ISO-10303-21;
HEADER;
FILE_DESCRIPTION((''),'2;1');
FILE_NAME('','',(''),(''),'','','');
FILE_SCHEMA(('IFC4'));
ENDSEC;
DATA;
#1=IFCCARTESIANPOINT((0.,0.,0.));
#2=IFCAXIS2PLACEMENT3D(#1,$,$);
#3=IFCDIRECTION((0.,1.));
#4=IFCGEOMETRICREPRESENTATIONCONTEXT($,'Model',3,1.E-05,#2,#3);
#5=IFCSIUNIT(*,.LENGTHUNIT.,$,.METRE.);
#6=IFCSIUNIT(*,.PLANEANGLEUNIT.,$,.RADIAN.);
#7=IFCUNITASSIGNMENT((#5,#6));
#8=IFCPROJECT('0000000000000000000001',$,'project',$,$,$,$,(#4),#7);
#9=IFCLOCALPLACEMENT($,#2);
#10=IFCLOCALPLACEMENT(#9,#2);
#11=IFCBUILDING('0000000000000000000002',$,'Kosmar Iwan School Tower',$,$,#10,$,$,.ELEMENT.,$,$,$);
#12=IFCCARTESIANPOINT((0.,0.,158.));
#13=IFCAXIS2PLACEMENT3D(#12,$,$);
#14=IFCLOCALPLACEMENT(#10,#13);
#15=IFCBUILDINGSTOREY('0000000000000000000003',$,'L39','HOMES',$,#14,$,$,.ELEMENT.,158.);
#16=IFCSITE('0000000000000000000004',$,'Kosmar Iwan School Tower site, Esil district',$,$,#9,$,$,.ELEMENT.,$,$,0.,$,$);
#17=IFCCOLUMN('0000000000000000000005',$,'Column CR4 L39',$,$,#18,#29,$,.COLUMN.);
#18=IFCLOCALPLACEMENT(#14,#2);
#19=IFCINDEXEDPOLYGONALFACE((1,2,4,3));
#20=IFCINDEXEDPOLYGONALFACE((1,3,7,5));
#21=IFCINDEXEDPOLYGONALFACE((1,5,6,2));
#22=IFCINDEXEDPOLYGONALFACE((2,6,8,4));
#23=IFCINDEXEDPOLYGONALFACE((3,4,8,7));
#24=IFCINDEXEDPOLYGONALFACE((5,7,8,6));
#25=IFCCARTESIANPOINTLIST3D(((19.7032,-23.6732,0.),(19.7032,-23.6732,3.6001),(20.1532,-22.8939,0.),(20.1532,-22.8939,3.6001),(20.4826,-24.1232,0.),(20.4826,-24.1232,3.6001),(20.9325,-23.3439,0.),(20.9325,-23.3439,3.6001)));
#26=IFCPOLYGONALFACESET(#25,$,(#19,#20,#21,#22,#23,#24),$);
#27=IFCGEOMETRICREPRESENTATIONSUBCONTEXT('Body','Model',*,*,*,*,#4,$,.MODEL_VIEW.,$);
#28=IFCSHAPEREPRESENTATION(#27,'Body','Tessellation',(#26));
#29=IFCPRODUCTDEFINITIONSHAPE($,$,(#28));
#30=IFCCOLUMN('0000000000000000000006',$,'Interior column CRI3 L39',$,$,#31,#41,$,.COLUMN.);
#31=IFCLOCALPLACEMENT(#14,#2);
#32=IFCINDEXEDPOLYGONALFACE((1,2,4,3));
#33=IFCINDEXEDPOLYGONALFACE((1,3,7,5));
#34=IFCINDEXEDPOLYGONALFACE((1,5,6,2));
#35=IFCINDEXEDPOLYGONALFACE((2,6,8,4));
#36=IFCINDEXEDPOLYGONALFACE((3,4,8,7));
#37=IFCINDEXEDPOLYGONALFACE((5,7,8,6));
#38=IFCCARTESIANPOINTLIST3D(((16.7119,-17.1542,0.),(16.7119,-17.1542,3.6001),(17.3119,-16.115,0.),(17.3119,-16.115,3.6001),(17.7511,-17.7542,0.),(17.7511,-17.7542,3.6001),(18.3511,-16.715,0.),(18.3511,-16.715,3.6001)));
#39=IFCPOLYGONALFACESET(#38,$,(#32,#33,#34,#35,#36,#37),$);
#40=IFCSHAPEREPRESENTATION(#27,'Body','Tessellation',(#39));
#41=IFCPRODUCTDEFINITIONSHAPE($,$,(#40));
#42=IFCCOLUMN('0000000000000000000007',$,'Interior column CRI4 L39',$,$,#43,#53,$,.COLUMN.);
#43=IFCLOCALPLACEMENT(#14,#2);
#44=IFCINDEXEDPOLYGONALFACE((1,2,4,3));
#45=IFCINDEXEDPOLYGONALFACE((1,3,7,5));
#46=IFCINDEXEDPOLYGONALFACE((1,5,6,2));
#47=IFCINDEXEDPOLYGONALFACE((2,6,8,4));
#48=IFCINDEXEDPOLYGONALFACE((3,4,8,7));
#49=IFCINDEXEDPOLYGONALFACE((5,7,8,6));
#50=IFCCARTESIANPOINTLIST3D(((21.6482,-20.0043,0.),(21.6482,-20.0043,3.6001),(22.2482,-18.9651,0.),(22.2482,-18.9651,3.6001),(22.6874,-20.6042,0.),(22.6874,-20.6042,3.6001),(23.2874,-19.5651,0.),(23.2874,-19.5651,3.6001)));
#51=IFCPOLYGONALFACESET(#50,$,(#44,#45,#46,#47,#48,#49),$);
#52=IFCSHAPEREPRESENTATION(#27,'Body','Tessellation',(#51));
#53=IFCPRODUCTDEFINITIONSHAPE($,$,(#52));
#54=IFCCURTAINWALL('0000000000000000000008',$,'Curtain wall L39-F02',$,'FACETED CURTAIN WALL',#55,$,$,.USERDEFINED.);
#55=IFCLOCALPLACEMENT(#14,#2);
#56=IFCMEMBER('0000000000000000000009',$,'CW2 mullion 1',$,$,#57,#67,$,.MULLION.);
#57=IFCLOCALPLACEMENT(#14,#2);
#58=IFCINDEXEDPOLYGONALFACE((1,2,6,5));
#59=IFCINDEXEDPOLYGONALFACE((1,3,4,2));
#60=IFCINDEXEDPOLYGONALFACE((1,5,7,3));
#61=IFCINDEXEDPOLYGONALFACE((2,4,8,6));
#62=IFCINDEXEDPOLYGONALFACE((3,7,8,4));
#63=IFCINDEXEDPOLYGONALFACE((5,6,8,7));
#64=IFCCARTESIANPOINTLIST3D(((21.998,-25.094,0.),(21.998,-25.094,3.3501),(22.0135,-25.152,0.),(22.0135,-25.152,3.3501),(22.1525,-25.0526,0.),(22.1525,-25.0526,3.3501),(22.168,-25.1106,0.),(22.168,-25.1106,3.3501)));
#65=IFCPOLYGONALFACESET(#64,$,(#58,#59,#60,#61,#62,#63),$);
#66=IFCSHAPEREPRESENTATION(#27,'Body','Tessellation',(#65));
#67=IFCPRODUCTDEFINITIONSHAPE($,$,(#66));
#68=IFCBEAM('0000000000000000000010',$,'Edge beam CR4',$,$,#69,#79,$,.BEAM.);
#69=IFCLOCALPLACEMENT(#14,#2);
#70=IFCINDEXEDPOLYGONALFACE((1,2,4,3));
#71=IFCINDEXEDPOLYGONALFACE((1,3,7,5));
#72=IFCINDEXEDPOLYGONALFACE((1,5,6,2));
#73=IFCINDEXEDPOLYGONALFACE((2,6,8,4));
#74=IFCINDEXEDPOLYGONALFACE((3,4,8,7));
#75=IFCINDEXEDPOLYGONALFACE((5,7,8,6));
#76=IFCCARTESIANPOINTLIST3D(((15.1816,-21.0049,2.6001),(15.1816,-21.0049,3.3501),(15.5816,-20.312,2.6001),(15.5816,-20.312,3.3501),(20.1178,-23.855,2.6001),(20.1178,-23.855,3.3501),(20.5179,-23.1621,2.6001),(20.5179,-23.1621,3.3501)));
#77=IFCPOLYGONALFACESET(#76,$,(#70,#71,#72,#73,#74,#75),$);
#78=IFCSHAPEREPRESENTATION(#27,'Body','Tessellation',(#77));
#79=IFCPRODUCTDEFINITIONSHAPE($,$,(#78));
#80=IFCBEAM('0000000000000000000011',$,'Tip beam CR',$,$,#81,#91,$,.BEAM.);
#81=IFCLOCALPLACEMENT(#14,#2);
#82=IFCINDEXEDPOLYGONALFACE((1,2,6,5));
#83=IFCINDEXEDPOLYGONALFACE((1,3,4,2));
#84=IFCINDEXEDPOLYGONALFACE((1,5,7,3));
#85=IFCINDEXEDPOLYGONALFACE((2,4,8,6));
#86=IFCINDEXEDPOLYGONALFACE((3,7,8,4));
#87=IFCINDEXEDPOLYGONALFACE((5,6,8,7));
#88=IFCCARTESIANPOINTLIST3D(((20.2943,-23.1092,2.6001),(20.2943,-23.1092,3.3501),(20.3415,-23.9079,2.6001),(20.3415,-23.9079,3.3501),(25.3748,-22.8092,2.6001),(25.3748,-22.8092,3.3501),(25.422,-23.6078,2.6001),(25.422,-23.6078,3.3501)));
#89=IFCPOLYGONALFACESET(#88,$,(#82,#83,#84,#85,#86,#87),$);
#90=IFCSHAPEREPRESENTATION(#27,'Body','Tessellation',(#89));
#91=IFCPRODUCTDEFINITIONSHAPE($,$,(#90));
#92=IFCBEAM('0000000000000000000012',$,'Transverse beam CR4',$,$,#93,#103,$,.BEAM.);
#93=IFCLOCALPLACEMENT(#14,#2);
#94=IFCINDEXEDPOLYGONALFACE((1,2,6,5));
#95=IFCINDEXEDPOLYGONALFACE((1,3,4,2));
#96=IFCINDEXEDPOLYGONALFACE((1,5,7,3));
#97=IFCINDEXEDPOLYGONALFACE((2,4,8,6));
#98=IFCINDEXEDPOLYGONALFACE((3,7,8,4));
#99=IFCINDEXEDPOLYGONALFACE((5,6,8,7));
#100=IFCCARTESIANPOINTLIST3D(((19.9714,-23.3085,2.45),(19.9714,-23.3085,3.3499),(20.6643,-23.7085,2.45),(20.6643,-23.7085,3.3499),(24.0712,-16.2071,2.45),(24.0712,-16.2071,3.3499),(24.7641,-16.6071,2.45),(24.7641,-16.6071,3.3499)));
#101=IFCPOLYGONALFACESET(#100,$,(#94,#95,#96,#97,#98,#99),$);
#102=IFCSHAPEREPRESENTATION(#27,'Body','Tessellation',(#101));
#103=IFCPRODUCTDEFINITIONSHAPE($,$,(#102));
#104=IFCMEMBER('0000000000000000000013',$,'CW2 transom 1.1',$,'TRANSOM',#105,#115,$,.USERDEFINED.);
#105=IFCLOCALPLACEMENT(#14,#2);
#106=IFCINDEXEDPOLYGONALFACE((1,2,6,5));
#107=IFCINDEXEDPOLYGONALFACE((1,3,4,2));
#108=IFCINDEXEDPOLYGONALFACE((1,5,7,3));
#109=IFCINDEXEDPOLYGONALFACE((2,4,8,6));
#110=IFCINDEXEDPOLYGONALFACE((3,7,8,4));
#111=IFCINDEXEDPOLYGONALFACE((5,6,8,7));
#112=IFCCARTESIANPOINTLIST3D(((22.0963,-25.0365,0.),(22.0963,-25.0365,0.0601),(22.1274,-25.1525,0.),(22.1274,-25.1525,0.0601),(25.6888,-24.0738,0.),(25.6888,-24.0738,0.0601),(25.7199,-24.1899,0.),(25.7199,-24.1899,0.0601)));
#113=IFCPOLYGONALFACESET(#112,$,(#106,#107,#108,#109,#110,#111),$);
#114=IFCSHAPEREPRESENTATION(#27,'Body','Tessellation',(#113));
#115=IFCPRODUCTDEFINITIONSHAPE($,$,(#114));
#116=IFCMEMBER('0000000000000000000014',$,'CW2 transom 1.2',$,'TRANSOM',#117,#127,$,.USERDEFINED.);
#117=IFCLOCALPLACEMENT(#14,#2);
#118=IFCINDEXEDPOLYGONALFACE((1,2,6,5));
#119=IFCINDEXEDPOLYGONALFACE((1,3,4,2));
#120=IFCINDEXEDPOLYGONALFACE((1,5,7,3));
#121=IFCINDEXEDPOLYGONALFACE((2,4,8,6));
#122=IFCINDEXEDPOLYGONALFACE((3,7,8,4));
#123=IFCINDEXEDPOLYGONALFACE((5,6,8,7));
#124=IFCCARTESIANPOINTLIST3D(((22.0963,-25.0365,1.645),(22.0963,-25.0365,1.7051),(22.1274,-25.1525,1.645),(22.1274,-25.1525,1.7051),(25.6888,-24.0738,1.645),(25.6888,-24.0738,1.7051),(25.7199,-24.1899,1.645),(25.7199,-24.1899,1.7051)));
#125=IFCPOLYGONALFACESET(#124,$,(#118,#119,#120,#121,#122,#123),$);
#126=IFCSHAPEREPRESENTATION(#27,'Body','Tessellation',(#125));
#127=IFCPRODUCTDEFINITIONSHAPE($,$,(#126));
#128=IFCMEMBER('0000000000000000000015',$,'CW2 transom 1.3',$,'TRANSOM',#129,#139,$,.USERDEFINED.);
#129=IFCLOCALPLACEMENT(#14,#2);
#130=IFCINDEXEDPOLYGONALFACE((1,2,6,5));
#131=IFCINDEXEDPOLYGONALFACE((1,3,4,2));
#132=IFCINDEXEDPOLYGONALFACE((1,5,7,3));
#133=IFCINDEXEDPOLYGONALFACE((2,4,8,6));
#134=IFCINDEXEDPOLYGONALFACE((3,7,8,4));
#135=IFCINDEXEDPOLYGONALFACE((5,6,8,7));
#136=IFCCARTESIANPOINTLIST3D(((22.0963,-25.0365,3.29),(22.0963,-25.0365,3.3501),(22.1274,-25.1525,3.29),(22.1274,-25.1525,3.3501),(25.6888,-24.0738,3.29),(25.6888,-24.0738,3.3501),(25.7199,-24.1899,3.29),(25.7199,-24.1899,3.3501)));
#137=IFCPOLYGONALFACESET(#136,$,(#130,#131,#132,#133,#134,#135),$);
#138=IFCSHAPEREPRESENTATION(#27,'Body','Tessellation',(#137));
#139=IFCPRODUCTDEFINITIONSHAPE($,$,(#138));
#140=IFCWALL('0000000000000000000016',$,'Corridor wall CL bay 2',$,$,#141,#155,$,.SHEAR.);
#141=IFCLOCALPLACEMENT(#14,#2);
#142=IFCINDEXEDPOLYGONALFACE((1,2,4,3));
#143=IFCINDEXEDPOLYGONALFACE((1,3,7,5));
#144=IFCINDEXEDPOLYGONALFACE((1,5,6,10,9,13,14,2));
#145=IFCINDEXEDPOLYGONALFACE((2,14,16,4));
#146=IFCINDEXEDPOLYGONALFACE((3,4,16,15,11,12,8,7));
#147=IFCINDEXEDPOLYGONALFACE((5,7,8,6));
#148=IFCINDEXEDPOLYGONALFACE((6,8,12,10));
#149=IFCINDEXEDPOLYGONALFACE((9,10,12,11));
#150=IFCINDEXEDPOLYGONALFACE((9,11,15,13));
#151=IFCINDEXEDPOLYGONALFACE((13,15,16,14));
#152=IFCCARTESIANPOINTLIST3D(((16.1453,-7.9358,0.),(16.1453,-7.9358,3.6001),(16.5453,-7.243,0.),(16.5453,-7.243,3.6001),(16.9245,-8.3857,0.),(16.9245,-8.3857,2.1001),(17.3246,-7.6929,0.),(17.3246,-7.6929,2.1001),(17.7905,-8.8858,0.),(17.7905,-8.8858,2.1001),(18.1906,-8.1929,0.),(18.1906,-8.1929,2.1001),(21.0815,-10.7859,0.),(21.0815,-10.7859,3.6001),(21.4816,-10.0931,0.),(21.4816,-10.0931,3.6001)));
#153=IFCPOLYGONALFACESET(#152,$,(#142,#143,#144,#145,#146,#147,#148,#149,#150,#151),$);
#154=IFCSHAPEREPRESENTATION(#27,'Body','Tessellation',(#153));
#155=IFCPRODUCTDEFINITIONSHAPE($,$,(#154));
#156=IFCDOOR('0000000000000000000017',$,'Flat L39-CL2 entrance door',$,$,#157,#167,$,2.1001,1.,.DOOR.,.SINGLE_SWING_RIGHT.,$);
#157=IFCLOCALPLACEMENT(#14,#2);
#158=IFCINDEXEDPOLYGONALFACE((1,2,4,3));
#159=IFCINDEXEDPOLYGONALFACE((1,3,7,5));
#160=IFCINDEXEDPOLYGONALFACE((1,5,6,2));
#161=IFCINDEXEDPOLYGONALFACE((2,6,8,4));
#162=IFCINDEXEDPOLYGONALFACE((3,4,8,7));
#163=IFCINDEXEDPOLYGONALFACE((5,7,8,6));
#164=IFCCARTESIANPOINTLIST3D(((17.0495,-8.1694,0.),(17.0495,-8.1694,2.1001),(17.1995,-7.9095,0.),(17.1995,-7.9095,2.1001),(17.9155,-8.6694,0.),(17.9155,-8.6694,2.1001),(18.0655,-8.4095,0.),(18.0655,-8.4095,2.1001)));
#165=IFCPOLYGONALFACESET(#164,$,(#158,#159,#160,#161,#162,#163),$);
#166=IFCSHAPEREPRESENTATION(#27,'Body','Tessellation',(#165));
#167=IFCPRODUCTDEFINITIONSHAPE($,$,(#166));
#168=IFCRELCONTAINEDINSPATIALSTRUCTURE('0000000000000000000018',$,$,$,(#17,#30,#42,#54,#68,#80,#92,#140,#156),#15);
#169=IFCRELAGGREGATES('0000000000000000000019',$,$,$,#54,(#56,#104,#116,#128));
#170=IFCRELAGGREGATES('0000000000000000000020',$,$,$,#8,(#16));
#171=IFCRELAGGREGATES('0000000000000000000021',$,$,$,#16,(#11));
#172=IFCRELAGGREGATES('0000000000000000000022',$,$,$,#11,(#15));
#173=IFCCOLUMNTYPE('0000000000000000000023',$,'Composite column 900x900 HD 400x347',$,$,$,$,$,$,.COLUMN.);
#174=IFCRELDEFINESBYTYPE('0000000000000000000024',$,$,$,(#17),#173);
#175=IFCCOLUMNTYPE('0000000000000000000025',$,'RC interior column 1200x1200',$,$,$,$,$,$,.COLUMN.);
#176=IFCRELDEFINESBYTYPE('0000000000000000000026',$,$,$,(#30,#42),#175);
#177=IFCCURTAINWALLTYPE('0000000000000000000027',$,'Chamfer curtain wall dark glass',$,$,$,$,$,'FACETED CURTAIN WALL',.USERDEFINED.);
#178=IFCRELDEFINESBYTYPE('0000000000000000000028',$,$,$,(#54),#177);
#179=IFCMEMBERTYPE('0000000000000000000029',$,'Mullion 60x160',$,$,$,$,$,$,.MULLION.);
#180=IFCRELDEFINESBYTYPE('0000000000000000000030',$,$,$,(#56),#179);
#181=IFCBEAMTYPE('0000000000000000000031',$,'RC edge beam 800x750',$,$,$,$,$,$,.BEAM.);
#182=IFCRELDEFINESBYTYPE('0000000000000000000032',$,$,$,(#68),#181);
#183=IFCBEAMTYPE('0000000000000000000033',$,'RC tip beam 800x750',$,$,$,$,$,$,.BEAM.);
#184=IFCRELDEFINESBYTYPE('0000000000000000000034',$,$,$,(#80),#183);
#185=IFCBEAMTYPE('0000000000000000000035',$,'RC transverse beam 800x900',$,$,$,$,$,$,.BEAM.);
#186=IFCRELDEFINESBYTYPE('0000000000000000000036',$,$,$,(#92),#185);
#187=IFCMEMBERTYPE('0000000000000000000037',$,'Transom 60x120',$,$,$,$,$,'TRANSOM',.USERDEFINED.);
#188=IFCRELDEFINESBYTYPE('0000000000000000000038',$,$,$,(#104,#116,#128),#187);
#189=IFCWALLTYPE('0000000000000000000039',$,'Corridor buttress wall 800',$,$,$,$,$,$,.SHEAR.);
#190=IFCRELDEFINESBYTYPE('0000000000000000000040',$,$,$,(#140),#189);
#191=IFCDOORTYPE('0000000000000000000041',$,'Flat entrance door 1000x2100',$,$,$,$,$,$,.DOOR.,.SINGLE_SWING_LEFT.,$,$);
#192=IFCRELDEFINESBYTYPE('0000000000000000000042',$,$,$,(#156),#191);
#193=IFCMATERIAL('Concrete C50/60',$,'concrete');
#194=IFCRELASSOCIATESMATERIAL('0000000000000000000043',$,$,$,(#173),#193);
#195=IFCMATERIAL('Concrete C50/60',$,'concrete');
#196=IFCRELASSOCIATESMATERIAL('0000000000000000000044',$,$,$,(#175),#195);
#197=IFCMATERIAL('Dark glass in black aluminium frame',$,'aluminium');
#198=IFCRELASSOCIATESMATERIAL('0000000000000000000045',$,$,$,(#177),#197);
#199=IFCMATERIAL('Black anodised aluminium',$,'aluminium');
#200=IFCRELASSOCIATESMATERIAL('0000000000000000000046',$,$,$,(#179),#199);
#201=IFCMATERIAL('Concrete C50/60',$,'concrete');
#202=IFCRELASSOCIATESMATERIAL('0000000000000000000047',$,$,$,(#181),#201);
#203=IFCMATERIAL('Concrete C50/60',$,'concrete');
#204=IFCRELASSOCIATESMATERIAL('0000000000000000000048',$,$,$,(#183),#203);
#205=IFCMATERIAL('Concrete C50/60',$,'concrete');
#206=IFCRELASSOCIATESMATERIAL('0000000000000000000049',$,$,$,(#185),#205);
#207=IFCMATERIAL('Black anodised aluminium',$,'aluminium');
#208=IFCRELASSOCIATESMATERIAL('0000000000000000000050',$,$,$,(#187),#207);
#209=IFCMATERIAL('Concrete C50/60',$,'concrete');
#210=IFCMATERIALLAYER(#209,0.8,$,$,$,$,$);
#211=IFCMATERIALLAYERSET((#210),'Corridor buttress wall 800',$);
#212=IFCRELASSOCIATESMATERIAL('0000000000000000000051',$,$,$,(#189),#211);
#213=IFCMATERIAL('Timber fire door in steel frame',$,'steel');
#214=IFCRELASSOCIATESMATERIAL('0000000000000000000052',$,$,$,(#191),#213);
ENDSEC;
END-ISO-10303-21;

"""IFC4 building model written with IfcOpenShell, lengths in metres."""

from ifc_helpers import new_model, si_unit, direction, frame, frame_2d, origin, origin_2d, place, context, subcontext, project, spatial, rectangle, extrude, material, layer, layer_set, material_profile, profile_set, type_object, element, fill, aggregate, save


model = new_model("IFC4")

# Units and contexts
model_context = context("Model", 3, precision=1e-05, world=origin(), true_north=direction((0.0, 1.0)))
body_context = subcontext(model_context, "Body", "Model", "MODEL_VIEW")
ifc_project = project(units=[si_unit("LENGTHUNIT", "METRE"), si_unit("PLANEANGLEUNIT", "RADIAN")], contexts=[model_context])

# Site, building, storey
site_placement = place(None, origin())
site = spatial("IfcSite", under=ifc_project, at=site_placement, Name="Kosmar Iwan School Tower site, Esil district", CompositionType="ELEMENT", RefElevation=0.0)
building_placement = place(site_placement, origin())
building = spatial("IfcBuilding", under=site, at=building_placement, Name="Kosmar Iwan School Tower", CompositionType="ELEMENT")
storey_placement = place(building_placement, frame((0.0, 0.0, 158.0)))
storey = spatial("IfcBuildingStorey", under=building, at=storey_placement, Name="L39", Description="HOMES", CompositionType="ELEMENT", Elevation=158.0)

# Columns
ifc_material_1 = material(Name="Concrete C50/60", Category="concrete")
ifc_material_profile_1 = material_profile(ifc_material_1, rectangle(XDim=0.8999, YDim=0.8999, at=origin_2d()), Name="RC 900x900 + HD 400x347")
ifc_profile_set_1 = profile_set([ifc_material_profile_1], Name="Concrete C50/60")
column_type_1 = type_object("IfcColumnType", Name="Composite column 900x900 HD 400x347", PredefinedType="COLUMN", material=ifc_profile_set_1)
column_placement = place(storey_placement, frame((20.3179, -23.5085, 0.0), z_axis=(0.0, 0.0, 1.0), x_axis=(0.866025, -0.5, 0.0)))
element("IfcColumn", 1, at=column_placement, inside=storey, type_object=column_type_1, Name="Column CR4 L39", PredefinedType="COLUMN", context=body_context, shape_type="SweptSolid", body=[
    extrude(rectangle(XDim=0.8999, YDim=0.8999, at=origin_2d()), origin(), (0.0, 0.0, 1.0), 3.6001),
])
ifc_material_2 = material(Name="Concrete C50/60", Category="concrete")
ifc_material_profile_2 = material_profile(ifc_material_2, rectangle(XDim=1.2, YDim=1.2, at=origin_2d()), Name="RC 1200x1200")
ifc_profile_set_2 = profile_set([ifc_material_profile_2], Name="Concrete C50/60")
column_type_2 = type_object("IfcColumnType", Name="RC interior column 1200x1200", PredefinedType="COLUMN", material=ifc_profile_set_2)
for number, where, z_axis, x_axis, name in (
    (2, (17.5315, -16.9346, 0.0), (0.0, 0.0, 1.0), (0.866025, -0.5, 0.0), "Interior column CRI3 L39"),
    (3, (22.4678, -19.7847, 0.0), (0.0, 0.0, 1.0), (0.866025, -0.5, 0.0), "Interior column CRI4 L39"),
):
    element("IfcColumn", number, at=place(storey_placement, frame(where, z_axis=z_axis, x_axis=x_axis)), inside=storey, type_object=column_type_2, Name=name, PredefinedType="COLUMN", context=body_context, shape_type="SweptSolid", body=[
        extrude(rectangle(XDim=1.2, YDim=1.2, at=origin_2d()), origin(), (0.0, 0.0, 1.0), 3.6001),
    ])

# Curtain wall, member
ifc_material_3 = material(Name="Dark glass in black aluminium frame", Category="aluminium")
curtain_wall_type = type_object("IfcCurtainWallType", Name="Chamfer curtain wall dark glass", ElementType="FACETED CURTAIN WALL", PredefinedType="USERDEFINED", material=ifc_material_3)
curtain_wall_placement = place(storey_placement, origin())
curtain_wall = element("IfcCurtainWall", 4, at=curtain_wall_placement, inside=storey, type_object=curtain_wall_type, Name="Curtain wall L39-F02", ObjectType="FACETED CURTAIN WALL", PredefinedType="USERDEFINED")
ifc_material_4 = material(Name="Black anodised aluminium", Category="aluminium")
ifc_material_profile_3 = material_profile(ifc_material_4, rectangle(XDim=0.0601, YDim=0.1599, at=origin_2d()), Name="MULLION 60x160")
ifc_profile_set_3 = profile_set([ifc_material_profile_3], Name="Black anodised aluminium")
member_type_1 = type_object("IfcMemberType", Name="Mullion 60x160", PredefinedType="MULLION", material=ifc_profile_set_3)
member_1_placement = place(storey_placement, frame((22.083, -25.1023, 0.0), z_axis=(0.0, 0.0, 1.0), x_axis=(-0.258819, 0.965926, 0.0)))
member_1 = element("IfcMember", 5, at=member_1_placement, type_object=member_type_1, Name="CW2 mullion 1", PredefinedType="MULLION", context=body_context, shape_type="SweptSolid", body=[
    extrude(rectangle(XDim=0.0601, YDim=0.1599, at=origin_2d()), origin(), (0.0, 0.0, 1.0), 3.3501),
])

# Beams
ifc_material_5 = material(Name="Concrete C50/60", Category="concrete")
ifc_material_profile_4 = material_profile(ifc_material_5, rectangle(XDim=0.8, YDim=0.75, at=origin_2d()), Name="RC 800x750")
ifc_profile_set_4 = profile_set([ifc_material_profile_4], Name="Concrete C50/60")
beam_type_1 = type_object("IfcBeamType", Name="RC edge beam 800x750", PredefinedType="BEAM", material=ifc_profile_set_4)
beam_1_placement = place(storey_placement, frame((15.3816, -20.6584, 2.9751), z_axis=(0.866015, -0.500018, 0.0), x_axis=(0.500018, 0.866015, 0.0)))
element("IfcBeam", 6, at=beam_1_placement, inside=storey, type_object=beam_type_1, Name="Edge beam CR4", PredefinedType="BEAM", context=body_context, shape_type="SweptSolid", body=[
    extrude(rectangle(XDim=0.8, YDim=0.75, at=origin_2d()), origin(), (0.0, 0.0, 1.0), 5.7),
])
ifc_material_6 = material(Name="Concrete C50/60", Category="concrete")
ifc_material_profile_5 = material_profile(ifc_material_6, rectangle(XDim=0.8, YDim=0.75, at=origin_2d()), Name="RC 800x750")
ifc_profile_set_5 = profile_set([ifc_material_profile_5], Name="Concrete C50/60")
beam_type_2 = type_object("IfcBeamType", Name="RC tip beam 800x750", PredefinedType="BEAM", material=ifc_profile_set_5)
beam_2_placement = place(storey_placement, frame((20.3179, -23.5085, 2.9751), z_axis=(0.998261, 0.058955, 0.0), x_axis=(-0.058955, 0.998261, 0.0)))
element("IfcBeam", 7, at=beam_2_placement, inside=storey, type_object=beam_type_2, Name="Tip beam CR", PredefinedType="BEAM", context=body_context, shape_type="SweptSolid", body=[
    extrude(rectangle(XDim=0.8, YDim=0.75, at=origin_2d()), origin(), (0.0, 0.0, 1.0), 5.0894),
])
ifc_material_7 = material(Name="Concrete C50/60", Category="concrete")
ifc_material_profile_6 = material_profile(ifc_material_7, rectangle(XDim=0.8, YDim=0.8999, at=origin_2d()), Name="RC 800x900")
ifc_profile_set_6 = profile_set([ifc_material_profile_6], Name="Concrete C50/60")
beam_type_3 = type_object("IfcBeamType", Name="RC transverse beam 800x900", PredefinedType="BEAM", material=ifc_profile_set_6)
beam_3_placement = place(storey_placement, frame((20.3179, -23.5085, 2.8999), z_axis=(0.499978, 0.866038, 0.0), x_axis=(-0.866038, 0.499978, 0.0)))
element("IfcBeam", 8, at=beam_3_placement, inside=storey, type_object=beam_type_3, Name="Transverse beam CR4", PredefinedType="BEAM", context=body_context, shape_type="SweptSolid", body=[
    extrude(rectangle(XDim=0.8, YDim=0.8999, at=origin_2d()), origin(), (0.0, 0.0, 1.0), 8.2),
])

# Members
ifc_material_8 = material(Name="Black anodised aluminium", Category="aluminium")
ifc_material_profile_7 = material_profile(ifc_material_8, rectangle(XDim=0.1201, YDim=0.0601, at=origin_2d()), Name="TRANSOM 60x120")
ifc_profile_set_7 = profile_set([ifc_material_profile_7], Name="Black anodised aluminium")
member_type_2 = type_object("IfcMemberType", Name="Transom 60x120", ElementType="TRANSOM", PredefinedType="USERDEFINED", material=ifc_profile_set_7)
member_2_placement = place(storey_placement, frame((22.1118, -25.0945, 0.03), z_axis=(0.965924, 0.258827, 0.0), x_axis=(-0.258827, 0.965924, 0.0)))
member_2 = element("IfcMember", 9, at=member_2_placement, type_object=member_type_2, Name="CW2 transom 1.1", ObjectType="TRANSOM", PredefinedType="USERDEFINED", context=body_context, shape_type="SweptSolid", body=[
    extrude(rectangle(XDim=0.1201, YDim=0.0601, at=origin_2d()), origin(), (0.0, 0.0, 1.0), 3.7192),
])
member_3_placement = place(storey_placement, frame((22.1118, -25.0945, 1.675), z_axis=(0.965924, 0.258827, 0.0), x_axis=(-0.258827, 0.965924, 0.0)))
member_3 = element("IfcMember", 10, at=member_3_placement, type_object=member_type_2, Name="CW2 transom 1.2", ObjectType="TRANSOM", PredefinedType="USERDEFINED", context=body_context, shape_type="SweptSolid", body=[
    extrude(rectangle(XDim=0.1201, YDim=0.0601, at=origin_2d()), origin(), (0.0, 0.0, 1.0), 3.7192),
])
member_4_placement = place(storey_placement, frame((22.1118, -25.0945, 3.3201), z_axis=(0.965924, 0.258827, 0.0), x_axis=(-0.258827, 0.965924, 0.0)))
member_4 = element("IfcMember", 11, at=member_4_placement, type_object=member_type_2, Name="CW2 transom 1.3", ObjectType="TRANSOM", PredefinedType="USERDEFINED", context=body_context, shape_type="SweptSolid", body=[
    extrude(rectangle(XDim=0.1201, YDim=0.0601, at=origin_2d()), origin(), (0.0, 0.0, 1.0), 3.7192),
])
aggregate(curtain_wall, [member_1, member_2, member_3, member_4])

# Wall, opening, door
ifc_material_9 = material(Name="Concrete C50/60", Category="concrete")
ifc_layer_1 = layer(ifc_material_9, 0.8)
ifc_layer_set_1 = layer_set([ifc_layer_1], Name="Corridor buttress wall 800")
wall_type_1 = type_object("IfcWallType", Name="Corridor buttress wall 800", PredefinedType="SHEAR", material=ifc_layer_set_1)
wall_1_placement = place(storey_placement, frame((16.3452, -7.5894, 0.0), z_axis=(0.0, 0.0, 1.0), x_axis=(0.866015, -0.500018, 0.0)))
wall_1 = element("IfcWall", 12, at=wall_1_placement, inside=storey, type_object=wall_type_1, Name="Corridor wall CL bay 2", PredefinedType="SHEAR", context=body_context, shape_type="SweptSolid", body=[
    extrude(rectangle(XDim=5.7, YDim=0.8, at=frame_2d((2.8501, 0.0))), origin(), (0.0, 0.0, 1.0), 3.6001),
])
opening_1_placement = place(wall_1_placement, frame((0.8999, 0.0, 0.0)))
opening_1 = element("IfcOpeningElement", 13, at=opening_1_placement, cuts=wall_1, PredefinedType="OPENING", context=body_context, shape_type="SweptSolid", body=[
    extrude(rectangle(XDim=1.0, YDim=2.1001, at=frame_2d((0.5, 1.05))), frame((0.0, 0.4121, 0.0), z_axis=(0.0, -1.0, 0.0), x_axis=(1.0, 0.0, 0.0)), (0.0, 0.0, 1.0), 0.824),
])
ifc_material_10 = material(Name="Timber fire door in steel frame", Category="steel")
door_type_1 = type_object("IfcDoorType", Name="Flat entrance door 1000x2100", OperationType="SINGLE_SWING_LEFT", PredefinedType="DOOR", material=ifc_material_10)
door_1_placement = place(opening_1_placement, origin())
door_1 = element("IfcDoor", 14, at=door_1_placement, inside=storey, type_object=door_type_1, Name="Flat L39-CL2 entrance door", OperationType="SINGLE_SWING_RIGHT", OverallHeight=2.1001, OverallWidth=1.0, PredefinedType="DOOR", context=body_context, shape_type="SweptSolid", body=[
    extrude(rectangle(XDim=1.0, YDim=2.1001, at=frame_2d((0.5, 1.05))), frame((0.0, 0.1499, 0.0), z_axis=(0.0, -1.0, 0.0), x_axis=(1.0, 0.0, 0.0)), (0.0, 0.0, 1.0), 0.3),
])
fill(opening_1, door_1)

save(model, "model.ifc")
